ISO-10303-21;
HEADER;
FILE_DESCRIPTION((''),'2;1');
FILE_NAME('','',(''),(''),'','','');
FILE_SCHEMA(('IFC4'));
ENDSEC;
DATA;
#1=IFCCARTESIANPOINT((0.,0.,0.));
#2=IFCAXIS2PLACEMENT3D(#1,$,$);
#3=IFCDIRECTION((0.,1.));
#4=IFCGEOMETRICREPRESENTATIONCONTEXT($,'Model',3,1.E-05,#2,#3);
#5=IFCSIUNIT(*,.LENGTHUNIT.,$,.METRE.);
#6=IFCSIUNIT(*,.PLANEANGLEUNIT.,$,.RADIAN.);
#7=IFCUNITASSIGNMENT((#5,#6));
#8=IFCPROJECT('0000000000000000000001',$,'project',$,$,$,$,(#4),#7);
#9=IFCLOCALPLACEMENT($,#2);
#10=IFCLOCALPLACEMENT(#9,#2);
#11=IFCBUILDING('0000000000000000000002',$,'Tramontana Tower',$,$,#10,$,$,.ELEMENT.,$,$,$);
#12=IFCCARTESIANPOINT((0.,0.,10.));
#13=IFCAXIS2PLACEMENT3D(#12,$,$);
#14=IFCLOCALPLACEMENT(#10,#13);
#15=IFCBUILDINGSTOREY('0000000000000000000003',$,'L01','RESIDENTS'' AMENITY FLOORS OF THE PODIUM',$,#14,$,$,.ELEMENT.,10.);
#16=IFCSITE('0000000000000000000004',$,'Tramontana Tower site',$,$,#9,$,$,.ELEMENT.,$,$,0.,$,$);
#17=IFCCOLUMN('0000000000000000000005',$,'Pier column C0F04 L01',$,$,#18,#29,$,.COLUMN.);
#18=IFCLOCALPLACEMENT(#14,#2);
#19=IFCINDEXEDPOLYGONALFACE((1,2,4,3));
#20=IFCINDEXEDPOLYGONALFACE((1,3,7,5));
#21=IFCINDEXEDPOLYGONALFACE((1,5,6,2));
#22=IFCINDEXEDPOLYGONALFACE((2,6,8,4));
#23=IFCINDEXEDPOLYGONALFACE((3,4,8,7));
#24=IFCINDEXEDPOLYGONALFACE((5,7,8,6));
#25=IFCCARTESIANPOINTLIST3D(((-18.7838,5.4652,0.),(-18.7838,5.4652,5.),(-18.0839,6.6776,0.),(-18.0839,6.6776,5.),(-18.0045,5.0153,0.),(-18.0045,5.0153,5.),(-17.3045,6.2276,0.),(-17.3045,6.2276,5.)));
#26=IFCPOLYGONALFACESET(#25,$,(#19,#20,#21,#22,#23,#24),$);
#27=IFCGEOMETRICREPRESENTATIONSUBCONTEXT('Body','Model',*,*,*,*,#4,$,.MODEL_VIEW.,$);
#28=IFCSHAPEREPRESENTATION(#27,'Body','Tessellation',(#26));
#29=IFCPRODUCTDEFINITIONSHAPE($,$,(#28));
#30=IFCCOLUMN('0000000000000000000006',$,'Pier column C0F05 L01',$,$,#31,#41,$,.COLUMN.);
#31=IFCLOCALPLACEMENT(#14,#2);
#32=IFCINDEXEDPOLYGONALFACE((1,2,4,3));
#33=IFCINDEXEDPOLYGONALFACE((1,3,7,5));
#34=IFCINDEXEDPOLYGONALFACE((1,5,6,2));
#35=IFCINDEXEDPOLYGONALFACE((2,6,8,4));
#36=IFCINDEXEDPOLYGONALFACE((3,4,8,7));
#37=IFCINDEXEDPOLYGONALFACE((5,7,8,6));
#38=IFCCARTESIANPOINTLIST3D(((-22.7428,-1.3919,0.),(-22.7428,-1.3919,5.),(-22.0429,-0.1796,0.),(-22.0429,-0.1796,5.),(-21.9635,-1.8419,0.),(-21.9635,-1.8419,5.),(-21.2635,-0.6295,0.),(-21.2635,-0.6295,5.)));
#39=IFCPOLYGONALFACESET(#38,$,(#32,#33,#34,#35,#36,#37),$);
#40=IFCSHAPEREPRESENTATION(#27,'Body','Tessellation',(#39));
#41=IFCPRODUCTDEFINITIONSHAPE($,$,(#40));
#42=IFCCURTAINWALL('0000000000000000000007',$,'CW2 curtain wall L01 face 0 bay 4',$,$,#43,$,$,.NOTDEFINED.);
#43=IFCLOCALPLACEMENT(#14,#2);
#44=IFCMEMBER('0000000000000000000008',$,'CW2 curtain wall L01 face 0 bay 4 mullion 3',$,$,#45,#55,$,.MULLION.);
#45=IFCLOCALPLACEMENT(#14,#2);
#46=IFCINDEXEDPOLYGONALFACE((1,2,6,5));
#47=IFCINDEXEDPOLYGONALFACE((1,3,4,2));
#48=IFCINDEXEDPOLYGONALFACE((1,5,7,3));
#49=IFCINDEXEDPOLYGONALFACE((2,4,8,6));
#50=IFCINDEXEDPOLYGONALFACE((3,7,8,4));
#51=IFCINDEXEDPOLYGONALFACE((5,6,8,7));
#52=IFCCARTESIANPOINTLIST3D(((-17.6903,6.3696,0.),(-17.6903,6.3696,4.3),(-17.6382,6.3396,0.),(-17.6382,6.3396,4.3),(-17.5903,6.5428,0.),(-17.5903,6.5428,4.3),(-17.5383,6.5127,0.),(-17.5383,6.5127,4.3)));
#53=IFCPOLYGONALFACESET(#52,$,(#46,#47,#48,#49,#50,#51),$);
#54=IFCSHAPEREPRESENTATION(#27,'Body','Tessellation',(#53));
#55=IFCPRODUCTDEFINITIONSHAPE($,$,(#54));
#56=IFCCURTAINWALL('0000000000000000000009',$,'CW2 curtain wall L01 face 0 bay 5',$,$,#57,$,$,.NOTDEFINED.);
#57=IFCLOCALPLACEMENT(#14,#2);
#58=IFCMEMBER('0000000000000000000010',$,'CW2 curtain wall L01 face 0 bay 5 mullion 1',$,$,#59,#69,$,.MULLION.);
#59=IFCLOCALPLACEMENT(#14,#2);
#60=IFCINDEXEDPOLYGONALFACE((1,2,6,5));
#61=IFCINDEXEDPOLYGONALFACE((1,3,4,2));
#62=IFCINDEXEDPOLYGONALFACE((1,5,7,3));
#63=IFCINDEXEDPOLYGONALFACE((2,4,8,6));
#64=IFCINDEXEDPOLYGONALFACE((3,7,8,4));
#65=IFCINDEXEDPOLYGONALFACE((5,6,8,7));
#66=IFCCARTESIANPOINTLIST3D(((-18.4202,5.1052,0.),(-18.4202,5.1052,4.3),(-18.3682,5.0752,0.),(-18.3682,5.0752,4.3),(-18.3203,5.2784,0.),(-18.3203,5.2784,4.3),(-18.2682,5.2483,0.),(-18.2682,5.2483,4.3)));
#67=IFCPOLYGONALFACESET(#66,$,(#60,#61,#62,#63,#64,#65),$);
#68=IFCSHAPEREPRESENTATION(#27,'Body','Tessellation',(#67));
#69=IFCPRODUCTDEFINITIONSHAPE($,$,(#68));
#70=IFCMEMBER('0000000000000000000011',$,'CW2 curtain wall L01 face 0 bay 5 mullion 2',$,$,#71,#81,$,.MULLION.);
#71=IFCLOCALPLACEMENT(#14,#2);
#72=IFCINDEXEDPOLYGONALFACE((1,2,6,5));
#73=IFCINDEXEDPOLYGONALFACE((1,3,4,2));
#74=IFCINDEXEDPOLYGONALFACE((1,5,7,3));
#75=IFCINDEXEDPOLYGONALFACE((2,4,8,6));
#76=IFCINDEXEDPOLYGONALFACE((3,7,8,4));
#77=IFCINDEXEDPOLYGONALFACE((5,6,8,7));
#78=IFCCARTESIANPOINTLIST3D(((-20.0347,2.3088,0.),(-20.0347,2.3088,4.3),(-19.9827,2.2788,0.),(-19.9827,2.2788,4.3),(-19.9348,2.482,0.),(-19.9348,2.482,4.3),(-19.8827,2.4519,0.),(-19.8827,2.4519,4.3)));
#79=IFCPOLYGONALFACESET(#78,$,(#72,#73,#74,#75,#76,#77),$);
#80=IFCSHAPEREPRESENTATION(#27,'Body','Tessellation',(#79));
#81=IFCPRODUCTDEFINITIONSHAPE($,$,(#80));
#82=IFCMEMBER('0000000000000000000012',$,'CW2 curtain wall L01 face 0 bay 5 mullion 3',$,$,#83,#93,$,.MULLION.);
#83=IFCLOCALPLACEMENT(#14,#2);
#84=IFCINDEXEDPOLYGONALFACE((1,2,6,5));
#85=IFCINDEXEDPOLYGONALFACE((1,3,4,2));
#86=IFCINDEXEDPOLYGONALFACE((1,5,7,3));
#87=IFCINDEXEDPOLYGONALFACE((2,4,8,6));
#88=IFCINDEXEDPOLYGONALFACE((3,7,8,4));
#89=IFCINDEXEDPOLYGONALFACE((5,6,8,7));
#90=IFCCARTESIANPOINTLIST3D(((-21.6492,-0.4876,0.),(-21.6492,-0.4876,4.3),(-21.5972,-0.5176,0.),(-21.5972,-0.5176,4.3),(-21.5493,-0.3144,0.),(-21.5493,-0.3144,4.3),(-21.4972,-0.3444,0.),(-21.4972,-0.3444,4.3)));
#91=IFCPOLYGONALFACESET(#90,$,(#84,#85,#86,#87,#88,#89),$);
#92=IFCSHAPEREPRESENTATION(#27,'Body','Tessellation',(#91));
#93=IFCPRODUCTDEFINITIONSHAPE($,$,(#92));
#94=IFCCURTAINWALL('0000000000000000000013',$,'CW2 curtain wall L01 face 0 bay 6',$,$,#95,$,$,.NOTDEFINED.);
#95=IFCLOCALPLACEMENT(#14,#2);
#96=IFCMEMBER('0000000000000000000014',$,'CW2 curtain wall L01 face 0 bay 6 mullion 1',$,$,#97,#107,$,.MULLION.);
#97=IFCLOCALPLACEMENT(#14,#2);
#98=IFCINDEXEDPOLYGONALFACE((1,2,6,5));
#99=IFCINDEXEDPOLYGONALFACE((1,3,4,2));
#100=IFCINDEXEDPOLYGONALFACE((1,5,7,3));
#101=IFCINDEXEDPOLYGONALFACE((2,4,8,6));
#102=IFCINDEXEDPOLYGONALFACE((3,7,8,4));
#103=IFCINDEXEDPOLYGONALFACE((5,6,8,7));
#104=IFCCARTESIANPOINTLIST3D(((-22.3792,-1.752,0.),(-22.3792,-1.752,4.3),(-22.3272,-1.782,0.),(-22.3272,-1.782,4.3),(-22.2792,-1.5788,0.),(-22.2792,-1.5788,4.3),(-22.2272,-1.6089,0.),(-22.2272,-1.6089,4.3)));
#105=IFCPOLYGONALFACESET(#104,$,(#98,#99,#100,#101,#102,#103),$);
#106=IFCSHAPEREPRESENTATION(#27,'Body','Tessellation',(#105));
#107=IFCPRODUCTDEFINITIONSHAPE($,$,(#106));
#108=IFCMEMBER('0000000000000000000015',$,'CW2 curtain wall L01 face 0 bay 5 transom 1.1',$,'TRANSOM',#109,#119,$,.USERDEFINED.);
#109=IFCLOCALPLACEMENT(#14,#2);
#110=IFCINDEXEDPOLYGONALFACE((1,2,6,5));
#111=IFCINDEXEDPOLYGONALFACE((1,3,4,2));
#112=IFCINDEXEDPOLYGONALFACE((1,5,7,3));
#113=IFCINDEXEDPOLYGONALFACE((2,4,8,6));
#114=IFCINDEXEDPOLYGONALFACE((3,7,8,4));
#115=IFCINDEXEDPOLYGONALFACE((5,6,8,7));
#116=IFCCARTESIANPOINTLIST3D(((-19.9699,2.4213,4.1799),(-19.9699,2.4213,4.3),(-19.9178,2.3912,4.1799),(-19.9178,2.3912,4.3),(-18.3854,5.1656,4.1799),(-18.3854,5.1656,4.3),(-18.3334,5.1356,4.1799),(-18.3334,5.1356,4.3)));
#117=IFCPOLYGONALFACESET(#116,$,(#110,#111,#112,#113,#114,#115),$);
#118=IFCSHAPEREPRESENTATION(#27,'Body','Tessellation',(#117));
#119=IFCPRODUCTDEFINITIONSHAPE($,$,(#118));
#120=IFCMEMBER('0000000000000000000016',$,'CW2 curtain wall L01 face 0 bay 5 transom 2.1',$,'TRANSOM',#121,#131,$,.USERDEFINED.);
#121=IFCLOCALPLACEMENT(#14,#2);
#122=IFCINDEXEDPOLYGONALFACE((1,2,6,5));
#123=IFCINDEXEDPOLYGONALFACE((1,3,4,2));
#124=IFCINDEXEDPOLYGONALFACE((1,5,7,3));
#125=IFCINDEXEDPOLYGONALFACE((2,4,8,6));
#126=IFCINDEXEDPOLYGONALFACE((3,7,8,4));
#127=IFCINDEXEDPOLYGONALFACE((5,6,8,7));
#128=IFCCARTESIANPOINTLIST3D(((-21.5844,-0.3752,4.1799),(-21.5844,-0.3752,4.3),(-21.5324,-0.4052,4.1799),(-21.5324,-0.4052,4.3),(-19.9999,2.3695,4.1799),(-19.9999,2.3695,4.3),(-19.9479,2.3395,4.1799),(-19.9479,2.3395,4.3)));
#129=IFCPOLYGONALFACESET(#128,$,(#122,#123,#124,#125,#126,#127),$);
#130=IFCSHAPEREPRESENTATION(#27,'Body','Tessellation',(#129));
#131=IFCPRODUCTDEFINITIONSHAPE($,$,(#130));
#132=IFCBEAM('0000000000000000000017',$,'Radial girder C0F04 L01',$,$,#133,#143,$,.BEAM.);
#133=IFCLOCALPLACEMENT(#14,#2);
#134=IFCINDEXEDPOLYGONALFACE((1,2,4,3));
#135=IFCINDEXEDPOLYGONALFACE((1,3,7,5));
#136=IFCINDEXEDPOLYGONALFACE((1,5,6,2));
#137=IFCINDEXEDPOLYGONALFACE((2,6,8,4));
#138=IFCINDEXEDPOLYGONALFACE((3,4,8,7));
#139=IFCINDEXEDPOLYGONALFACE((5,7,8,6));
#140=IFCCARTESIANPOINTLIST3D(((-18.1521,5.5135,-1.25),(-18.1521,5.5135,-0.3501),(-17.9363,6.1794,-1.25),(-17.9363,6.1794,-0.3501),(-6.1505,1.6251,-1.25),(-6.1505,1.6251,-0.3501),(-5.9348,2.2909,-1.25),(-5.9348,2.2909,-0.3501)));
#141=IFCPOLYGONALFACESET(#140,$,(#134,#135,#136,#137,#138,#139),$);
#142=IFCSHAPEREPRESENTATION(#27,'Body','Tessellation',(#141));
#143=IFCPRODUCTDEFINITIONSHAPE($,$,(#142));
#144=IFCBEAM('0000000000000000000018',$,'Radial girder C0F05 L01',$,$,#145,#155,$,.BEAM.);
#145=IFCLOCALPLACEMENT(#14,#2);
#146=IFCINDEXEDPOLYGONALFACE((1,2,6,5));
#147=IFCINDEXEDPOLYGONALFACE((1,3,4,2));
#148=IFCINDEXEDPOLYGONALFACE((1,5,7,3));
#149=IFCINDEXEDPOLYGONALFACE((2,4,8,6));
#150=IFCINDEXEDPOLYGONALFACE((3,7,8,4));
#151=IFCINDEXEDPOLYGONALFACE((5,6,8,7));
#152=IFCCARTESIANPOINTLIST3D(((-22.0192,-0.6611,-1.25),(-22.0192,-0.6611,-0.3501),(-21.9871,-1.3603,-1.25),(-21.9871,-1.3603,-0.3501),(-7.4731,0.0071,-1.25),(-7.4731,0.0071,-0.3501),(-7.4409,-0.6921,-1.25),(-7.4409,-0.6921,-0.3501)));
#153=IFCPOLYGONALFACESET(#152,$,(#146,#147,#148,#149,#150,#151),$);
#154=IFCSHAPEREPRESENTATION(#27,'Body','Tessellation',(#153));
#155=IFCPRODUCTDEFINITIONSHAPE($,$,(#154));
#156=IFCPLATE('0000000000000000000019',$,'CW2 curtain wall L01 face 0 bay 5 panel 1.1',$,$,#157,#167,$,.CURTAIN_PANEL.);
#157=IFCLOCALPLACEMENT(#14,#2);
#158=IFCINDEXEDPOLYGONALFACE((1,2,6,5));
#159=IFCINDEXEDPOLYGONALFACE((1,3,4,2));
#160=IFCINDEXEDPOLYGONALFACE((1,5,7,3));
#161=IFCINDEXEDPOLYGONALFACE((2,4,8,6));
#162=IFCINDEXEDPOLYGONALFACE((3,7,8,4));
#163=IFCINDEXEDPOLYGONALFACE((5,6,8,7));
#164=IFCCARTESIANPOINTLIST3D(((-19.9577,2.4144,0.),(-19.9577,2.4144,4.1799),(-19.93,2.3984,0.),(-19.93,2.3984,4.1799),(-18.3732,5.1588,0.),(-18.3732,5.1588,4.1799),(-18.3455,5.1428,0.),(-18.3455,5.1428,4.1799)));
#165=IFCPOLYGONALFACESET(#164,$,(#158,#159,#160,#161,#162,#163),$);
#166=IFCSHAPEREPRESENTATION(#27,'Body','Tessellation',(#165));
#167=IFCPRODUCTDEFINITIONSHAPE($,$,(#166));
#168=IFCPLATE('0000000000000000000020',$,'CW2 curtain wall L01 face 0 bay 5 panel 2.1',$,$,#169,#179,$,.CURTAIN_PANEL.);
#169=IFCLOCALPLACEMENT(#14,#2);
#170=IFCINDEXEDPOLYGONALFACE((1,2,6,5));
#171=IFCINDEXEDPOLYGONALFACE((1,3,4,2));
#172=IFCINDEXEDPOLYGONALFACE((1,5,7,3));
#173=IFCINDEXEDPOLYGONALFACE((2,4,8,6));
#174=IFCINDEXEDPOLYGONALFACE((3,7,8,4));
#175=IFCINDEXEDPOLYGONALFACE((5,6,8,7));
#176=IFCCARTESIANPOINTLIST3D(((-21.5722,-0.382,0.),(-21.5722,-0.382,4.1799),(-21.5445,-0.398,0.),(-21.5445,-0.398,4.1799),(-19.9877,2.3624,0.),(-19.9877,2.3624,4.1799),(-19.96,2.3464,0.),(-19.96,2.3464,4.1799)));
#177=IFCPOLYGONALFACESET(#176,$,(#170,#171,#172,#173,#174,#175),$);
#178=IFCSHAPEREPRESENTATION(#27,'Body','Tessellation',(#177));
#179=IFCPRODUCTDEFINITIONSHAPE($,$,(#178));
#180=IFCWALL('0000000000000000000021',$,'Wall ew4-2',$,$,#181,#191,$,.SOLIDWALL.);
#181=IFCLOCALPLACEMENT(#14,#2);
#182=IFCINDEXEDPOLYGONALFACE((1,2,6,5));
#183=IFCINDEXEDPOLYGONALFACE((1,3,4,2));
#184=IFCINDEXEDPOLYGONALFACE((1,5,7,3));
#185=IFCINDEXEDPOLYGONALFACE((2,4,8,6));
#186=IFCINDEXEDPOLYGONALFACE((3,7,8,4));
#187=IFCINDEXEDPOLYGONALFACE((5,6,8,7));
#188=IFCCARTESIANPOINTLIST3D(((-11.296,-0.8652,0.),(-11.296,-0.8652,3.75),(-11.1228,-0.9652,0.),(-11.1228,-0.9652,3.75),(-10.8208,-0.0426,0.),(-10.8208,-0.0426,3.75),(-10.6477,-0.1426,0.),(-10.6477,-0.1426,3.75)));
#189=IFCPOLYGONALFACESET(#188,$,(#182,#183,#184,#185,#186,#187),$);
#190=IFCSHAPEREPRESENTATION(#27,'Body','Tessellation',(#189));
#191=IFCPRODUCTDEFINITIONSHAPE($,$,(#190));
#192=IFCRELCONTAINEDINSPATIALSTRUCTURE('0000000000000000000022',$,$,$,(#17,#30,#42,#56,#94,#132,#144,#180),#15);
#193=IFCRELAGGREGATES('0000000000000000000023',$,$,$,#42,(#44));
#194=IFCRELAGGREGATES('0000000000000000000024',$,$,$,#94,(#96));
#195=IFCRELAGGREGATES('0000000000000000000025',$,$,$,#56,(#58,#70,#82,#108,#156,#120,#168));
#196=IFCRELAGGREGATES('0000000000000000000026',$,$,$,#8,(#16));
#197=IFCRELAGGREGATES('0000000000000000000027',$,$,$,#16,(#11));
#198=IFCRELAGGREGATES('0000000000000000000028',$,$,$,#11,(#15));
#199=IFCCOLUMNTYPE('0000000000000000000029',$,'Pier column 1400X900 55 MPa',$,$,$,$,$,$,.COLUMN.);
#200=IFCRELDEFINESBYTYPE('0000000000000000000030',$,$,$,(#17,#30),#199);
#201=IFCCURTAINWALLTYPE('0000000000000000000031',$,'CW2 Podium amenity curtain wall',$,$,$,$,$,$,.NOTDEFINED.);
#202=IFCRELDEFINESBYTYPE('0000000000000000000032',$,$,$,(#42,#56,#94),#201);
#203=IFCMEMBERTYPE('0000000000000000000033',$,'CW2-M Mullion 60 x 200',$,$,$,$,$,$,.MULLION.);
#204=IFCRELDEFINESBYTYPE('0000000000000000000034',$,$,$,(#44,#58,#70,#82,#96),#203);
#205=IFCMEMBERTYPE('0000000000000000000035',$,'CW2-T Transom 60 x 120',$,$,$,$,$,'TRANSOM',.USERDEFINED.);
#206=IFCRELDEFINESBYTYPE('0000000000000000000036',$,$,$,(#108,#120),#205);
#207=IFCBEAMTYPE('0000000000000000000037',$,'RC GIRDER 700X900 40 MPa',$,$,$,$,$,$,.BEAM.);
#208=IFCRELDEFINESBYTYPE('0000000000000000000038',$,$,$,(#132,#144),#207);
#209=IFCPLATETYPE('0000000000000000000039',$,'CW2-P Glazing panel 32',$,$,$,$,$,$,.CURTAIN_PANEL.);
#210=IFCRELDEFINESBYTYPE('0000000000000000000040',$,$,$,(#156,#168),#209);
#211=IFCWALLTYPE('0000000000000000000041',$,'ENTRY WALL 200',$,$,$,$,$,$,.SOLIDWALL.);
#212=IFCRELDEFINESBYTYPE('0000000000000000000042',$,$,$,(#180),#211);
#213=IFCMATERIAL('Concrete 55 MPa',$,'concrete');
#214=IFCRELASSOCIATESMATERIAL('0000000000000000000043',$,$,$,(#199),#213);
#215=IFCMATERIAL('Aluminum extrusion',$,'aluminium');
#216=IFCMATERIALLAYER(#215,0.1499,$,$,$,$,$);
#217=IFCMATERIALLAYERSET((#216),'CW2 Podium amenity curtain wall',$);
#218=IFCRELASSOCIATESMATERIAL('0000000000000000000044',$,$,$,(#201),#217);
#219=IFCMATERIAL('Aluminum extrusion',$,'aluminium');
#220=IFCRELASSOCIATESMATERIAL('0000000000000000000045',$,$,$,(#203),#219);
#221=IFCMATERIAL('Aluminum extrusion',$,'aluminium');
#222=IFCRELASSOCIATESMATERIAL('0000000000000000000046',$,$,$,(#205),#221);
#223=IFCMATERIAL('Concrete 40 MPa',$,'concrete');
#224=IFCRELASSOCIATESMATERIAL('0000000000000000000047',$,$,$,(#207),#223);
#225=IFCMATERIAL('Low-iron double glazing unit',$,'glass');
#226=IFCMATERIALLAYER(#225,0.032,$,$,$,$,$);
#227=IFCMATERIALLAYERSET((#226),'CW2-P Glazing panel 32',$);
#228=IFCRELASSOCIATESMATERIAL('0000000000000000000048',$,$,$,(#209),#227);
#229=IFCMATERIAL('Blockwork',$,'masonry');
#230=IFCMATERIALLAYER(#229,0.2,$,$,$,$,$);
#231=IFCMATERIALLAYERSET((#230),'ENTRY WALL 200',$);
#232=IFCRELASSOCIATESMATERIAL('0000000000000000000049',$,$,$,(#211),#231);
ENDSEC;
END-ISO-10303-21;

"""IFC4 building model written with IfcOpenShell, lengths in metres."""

from ifc_helpers import new_model, si_unit, direction, frame, frame_2d, origin, origin_2d, place, context, subcontext, project, spatial, rectangle, extrude, material, layer, layer_set, material_profile, profile_set, type_object, element, aggregate, save


model = new_model("IFC4")

# Units and contexts
model_context = context("Model", 3, precision=1e-05, world=origin(), true_north=direction((0.0, 1.0)))
body_context = subcontext(model_context, "Body", "Model", "MODEL_VIEW")
ifc_project = project(units=[si_unit("LENGTHUNIT", "METRE"), si_unit("PLANEANGLEUNIT", "RADIAN")], contexts=[model_context])

# Site, building, storey
site_placement = place(None, origin())
site = spatial("IfcSite", under=ifc_project, at=site_placement, Name="Tramontana Tower site", CompositionType="ELEMENT", RefElevation=0.0)
building_placement = place(site_placement, origin())
building = spatial("IfcBuilding", under=site, at=building_placement, Name="Tramontana Tower", CompositionType="ELEMENT")
storey_placement = place(building_placement, frame((0.0, 0.0, 10.0)))
storey = spatial("IfcBuildingStorey", under=building, at=storey_placement, Name="L01", Description="RESIDENTS' AMENITY FLOORS OF THE PODIUM", CompositionType="ELEMENT", Elevation=10.0)

# Columns
ifc_material_1 = material(Name="Concrete 55 MPa", Category="concrete")
ifc_material_profile_1 = material_profile(ifc_material_1, rectangle(XDim=1.3999, YDim=0.8999, at=origin_2d()), Name="Pier column 1400X900 55 MPa")
ifc_profile_set_1 = profile_set([ifc_material_profile_1], Name="Concrete 55 MPa")
column_type = type_object("IfcColumnType", Name="Pier column 1400X900 55 MPa", PredefinedType="COLUMN", material=ifc_profile_set_1)
for number, where, z_axis, x_axis, name in (
    (1, (-18.0442, 5.8464, 0.0), (0.0, 0.0, 1.0), (-0.5, -0.866025, 0.0), "Pier column C0F04 L01"),
    (2, (-22.0032, -1.0107, 0.0), (0.0, 0.0, 1.0), (-0.5, -0.866025, 0.0), "Pier column C0F05 L01"),
):
    element("IfcColumn", number, at=place(storey_placement, frame(where, z_axis=z_axis, x_axis=x_axis)), inside=storey, type_object=column_type, Name=name, PredefinedType="COLUMN", context=body_context, shape_type="SweptSolid", body=[
        extrude(rectangle(XDim=1.3999, YDim=0.8999, at=origin_2d()), origin(), (0.0, 0.0, 1.0), 5.0),
    ])

# Curtain wall, member
ifc_material_2 = material(Name="Aluminum extrusion", Category="aluminium")
ifc_layer_1 = layer(ifc_material_2, 0.1499)
ifc_layer_set_1 = layer_set([ifc_layer_1], Name="CW2 Podium amenity curtain wall")
curtain_wall_type = type_object("IfcCurtainWallType", Name="CW2 Podium amenity curtain wall", PredefinedType="NOTDEFINED", material=ifc_layer_set_1)
curtain_wall_1_placement = place(storey_placement, origin())
curtain_wall_1 = element("IfcCurtainWall", 3, at=curtain_wall_1_placement, inside=storey, type_object=curtain_wall_type, Name="CW2 curtain wall L01 face 0 bay 4", PredefinedType="NOTDEFINED")
ifc_material_3 = material(Name="Aluminum extrusion", Category="aluminium")
ifc_material_profile_2 = material_profile(ifc_material_3, rectangle(XDim=0.0601, YDim=0.2, at=origin_2d()), Name="CW2-M Mullion 60 x 200")
ifc_profile_set_2 = profile_set([ifc_material_profile_2], Name="Aluminum extrusion")
member_type_1 = type_object("IfcMemberType", Name="CW2-M Mullion 60 x 200", PredefinedType="MULLION", material=ifc_profile_set_2)
member_1_placement = place(storey_placement, frame((-17.6143, 6.4412, 0.0), z_axis=(0.0, 0.0, 1.0), x_axis=(0.866025, -0.5, 0.0)))
member_1 = element("IfcMember", 4, at=member_1_placement, type_object=member_type_1, Name="CW2 curtain wall L01 face 0 bay 4 mullion 3", PredefinedType="MULLION", context=body_context, shape_type="SweptSolid", body=[
    extrude(rectangle(XDim=0.0601, YDim=0.2, at=origin_2d()), origin(), (0.0, 0.0, 1.0), 4.3),
])
aggregate(curtain_wall_1, [member_1])

# Curtain wall, members
curtain_wall_2_placement = place(storey_placement, origin())
curtain_wall_2 = element("IfcCurtainWall", 5, at=curtain_wall_2_placement, inside=storey, type_object=curtain_wall_type, Name="CW2 curtain wall L01 face 0 bay 5", PredefinedType="NOTDEFINED")
member_2_placement = place(storey_placement, frame((-18.3442, 5.1768, 0.0), z_axis=(0.0, 0.0, 1.0), x_axis=(0.866025, -0.5, 0.0)))
member_2 = element("IfcMember", 6, at=member_2_placement, type_object=member_type_1, Name="CW2 curtain wall L01 face 0 bay 5 mullion 1", PredefinedType="MULLION", context=body_context, shape_type="SweptSolid", body=[
    extrude(rectangle(XDim=0.0601, YDim=0.2, at=origin_2d()), origin(), (0.0, 0.0, 1.0), 4.3),
])
member_3_placement = place(storey_placement, frame((-19.9587, 2.3804, 0.0), z_axis=(0.0, 0.0, 1.0), x_axis=(0.866025, -0.5, 0.0)))
member_3 = element("IfcMember", 7, at=member_3_placement, type_object=member_type_1, Name="CW2 curtain wall L01 face 0 bay 5 mullion 2", PredefinedType="MULLION", context=body_context, shape_type="SweptSolid", body=[
    extrude(rectangle(XDim=0.0601, YDim=0.2, at=origin_2d()), origin(), (0.0, 0.0, 1.0), 4.3),
])
member_4_placement = place(storey_placement, frame((-21.5732, -0.416, 0.0), z_axis=(0.0, 0.0, 1.0), x_axis=(0.866025, -0.5, 0.0)))
member_4 = element("IfcMember", 8, at=member_4_placement, type_object=member_type_1, Name="CW2 curtain wall L01 face 0 bay 5 mullion 3", PredefinedType="MULLION", context=body_context, shape_type="SweptSolid", body=[
    extrude(rectangle(XDim=0.0601, YDim=0.2, at=origin_2d()), origin(), (0.0, 0.0, 1.0), 4.3),
])

# Curtain wall, member
curtain_wall_3_placement = place(storey_placement, origin())
curtain_wall_3 = element("IfcCurtainWall", 9, at=curtain_wall_3_placement, inside=storey, type_object=curtain_wall_type, Name="CW2 curtain wall L01 face 0 bay 6", PredefinedType="NOTDEFINED")
member_5_placement = place(storey_placement, frame((-22.3032, -1.6804, 0.0), z_axis=(0.0, 0.0, 1.0), x_axis=(0.866025, -0.5, 0.0)))
member_5 = element("IfcMember", 10, at=member_5_placement, type_object=member_type_1, Name="CW2 curtain wall L01 face 0 bay 6 mullion 1", PredefinedType="MULLION", context=body_context, shape_type="SweptSolid", body=[
    extrude(rectangle(XDim=0.0601, YDim=0.2, at=origin_2d()), origin(), (0.0, 0.0, 1.0), 4.3),
])
aggregate(curtain_wall_3, [member_5])

# Members
ifc_material_4 = material(Name="Aluminum extrusion", Category="aluminium")
ifc_material_profile_3 = material_profile(ifc_material_4, rectangle(XDim=0.0601, YDim=0.1201, at=origin_2d()), Name="CW2-T Transom 60 x 120")
ifc_profile_set_3 = profile_set([ifc_material_profile_3], Name="Aluminum extrusion")
member_type_2 = type_object("IfcMemberType", Name="CW2-T Transom 60 x 120", ElementType="TRANSOM", PredefinedType="USERDEFINED", material=ifc_profile_set_3)
member_6_placement = place(storey_placement, frame((-18.3594, 5.1506, 4.24), z_axis=(-0.5, -0.866025, 0.0), x_axis=(0.866025, -0.5, 0.0)))
member_6 = element("IfcMember", 11, at=member_6_placement, type_object=member_type_2, Name="CW2 curtain wall L01 face 0 bay 5 transom 1.1", ObjectType="TRANSOM", PredefinedType="USERDEFINED", context=body_context, shape_type="SweptSolid", body=[
    extrude(rectangle(XDim=0.0601, YDim=0.1201, at=origin_2d()), origin(), (0.0, 0.0, 1.0), 3.1689),
])
member_7_placement = place(storey_placement, frame((-19.9739, 2.3545, 4.24), z_axis=(-0.499967, -0.866044, 0.0), x_axis=(0.866044, -0.499967, 0.0)))
member_7 = element("IfcMember", 12, at=member_7_placement, type_object=member_type_2, Name="CW2 curtain wall L01 face 0 bay 5 transom 2.1", ObjectType="TRANSOM", PredefinedType="USERDEFINED", context=body_context, shape_type="SweptSolid", body=[
    extrude(rectangle(XDim=0.0601, YDim=0.1201, at=origin_2d()), origin(), (0.0, 0.0, 1.0), 3.1692),
])

# Beams
ifc_material_5 = material(Name="Concrete 40 MPa", Category="concrete")
ifc_material_profile_4 = material_profile(ifc_material_5, rectangle(XDim=0.7, YDim=0.8999, at=origin_2d()), Name="RC GIRDER 700X900 40 MPa")
ifc_profile_set_4 = profile_set([ifc_material_profile_4], Name="Concrete 40 MPa")
beam_type = type_object("IfcBeamType", Name="RC GIRDER 700X900 40 MPa", PredefinedType="BEAM", material=ifc_profile_set_4)
beam_1_placement = place(storey_placement, frame((-18.0442, 5.8464, -0.8), z_axis=(0.951314, -0.308222, 0.0), x_axis=(0.308222, 0.951314, 0.0)))
element("IfcBeam", 13, at=beam_1_placement, inside=storey, type_object=beam_type, Name="Radial girder C0F04 L01", PredefinedType="BEAM", context=body_context, shape_type="SweptSolid", body=[
    extrude(rectangle(XDim=0.7, YDim=0.8999, at=origin_2d()), origin(), (0.0, 0.0, 1.0), 12.6157),
])
beam_2_placement = place(storey_placement, frame((-22.0032, -1.0107, -0.8), z_axis=(0.998947, 0.045889, 0.0), x_axis=(-0.045889, 0.998947, 0.0)))
element("IfcBeam", 14, at=beam_2_placement, inside=storey, type_object=beam_type, Name="Radial girder C0F05 L01", PredefinedType="BEAM", context=body_context, shape_type="SweptSolid", body=[
    extrude(rectangle(XDim=0.7, YDim=0.8999, at=origin_2d()), origin(), (0.0, 0.0, 1.0), 14.5615),
])

# Plates
ifc_material_6 = material(Name="Low-iron double glazing unit", Category="glass")
ifc_layer_2 = layer(ifc_material_6, 0.032)
ifc_layer_set_2 = layer_set([ifc_layer_2], Name="CW2-P Glazing panel 32")
plate_type = type_object("IfcPlateType", Name="CW2-P Glazing panel 32", PredefinedType="CURTAIN_PANEL", material=ifc_layer_set_2)
plate_1_placement = place(storey_placement, frame((-19.1516, 3.7786, 0.0), z_axis=(0.0, 0.0, 1.0), x_axis=(-0.5, -0.866025, 0.0)))
plate_1 = element("IfcPlate", 15, at=plate_1_placement, type_object=plate_type, Name="CW2 curtain wall L01 face 0 bay 5 panel 1.1", PredefinedType="CURTAIN_PANEL", context=body_context, shape_type="SweptSolid", body=[
    extrude(rectangle(XDim=3.1689, YDim=0.032, at=origin_2d()), origin(), (0.0, 0.0, 1.0), 4.1799),
])
plate_2_placement = place(storey_placement, frame((-20.7661, 0.9822, 0.0), z_axis=(0.0, 0.0, 1.0), x_axis=(-0.5, -0.866025, 0.0)))
plate_2 = element("IfcPlate", 16, at=plate_2_placement, type_object=plate_type, Name="CW2 curtain wall L01 face 0 bay 5 panel 2.1", PredefinedType="CURTAIN_PANEL", context=body_context, shape_type="SweptSolid", body=[
    extrude(rectangle(XDim=3.1689, YDim=0.032, at=origin_2d()), origin(), (0.0, 0.0, 1.0), 4.1799),
])
aggregate(curtain_wall_2, [member_2, member_3, member_4, member_6, plate_1, member_7, plate_2])

# Wall
ifc_material_7 = material(Name="Blockwork", Category="masonry")
ifc_layer_3 = layer(ifc_material_7, 0.2)
ifc_layer_set_3 = layer_set([ifc_layer_3], Name="ENTRY WALL 200")
wall_type_1 = type_object("IfcWallType", Name="ENTRY WALL 200", PredefinedType="SOLIDWALL", material=ifc_layer_set_3)
wall_1_placement = place(storey_placement, frame((-11.2095, -0.9153, 0.0), z_axis=(0.0, 0.0, 1.0), x_axis=(0.500175, 0.865924, 0.0)))
element("IfcWall", 17, at=wall_1_placement, inside=storey, type_object=wall_type_1, Name="Wall ew4-2", PredefinedType="SOLIDWALL", context=body_context, shape_type="SweptSolid", body=[
    extrude(rectangle(XDim=0.95, YDim=0.2, at=frame_2d((0.4751, 0.0))), origin(), (0.0, 0.0, 1.0), 3.75),
])

save(model, "model.ifc")
